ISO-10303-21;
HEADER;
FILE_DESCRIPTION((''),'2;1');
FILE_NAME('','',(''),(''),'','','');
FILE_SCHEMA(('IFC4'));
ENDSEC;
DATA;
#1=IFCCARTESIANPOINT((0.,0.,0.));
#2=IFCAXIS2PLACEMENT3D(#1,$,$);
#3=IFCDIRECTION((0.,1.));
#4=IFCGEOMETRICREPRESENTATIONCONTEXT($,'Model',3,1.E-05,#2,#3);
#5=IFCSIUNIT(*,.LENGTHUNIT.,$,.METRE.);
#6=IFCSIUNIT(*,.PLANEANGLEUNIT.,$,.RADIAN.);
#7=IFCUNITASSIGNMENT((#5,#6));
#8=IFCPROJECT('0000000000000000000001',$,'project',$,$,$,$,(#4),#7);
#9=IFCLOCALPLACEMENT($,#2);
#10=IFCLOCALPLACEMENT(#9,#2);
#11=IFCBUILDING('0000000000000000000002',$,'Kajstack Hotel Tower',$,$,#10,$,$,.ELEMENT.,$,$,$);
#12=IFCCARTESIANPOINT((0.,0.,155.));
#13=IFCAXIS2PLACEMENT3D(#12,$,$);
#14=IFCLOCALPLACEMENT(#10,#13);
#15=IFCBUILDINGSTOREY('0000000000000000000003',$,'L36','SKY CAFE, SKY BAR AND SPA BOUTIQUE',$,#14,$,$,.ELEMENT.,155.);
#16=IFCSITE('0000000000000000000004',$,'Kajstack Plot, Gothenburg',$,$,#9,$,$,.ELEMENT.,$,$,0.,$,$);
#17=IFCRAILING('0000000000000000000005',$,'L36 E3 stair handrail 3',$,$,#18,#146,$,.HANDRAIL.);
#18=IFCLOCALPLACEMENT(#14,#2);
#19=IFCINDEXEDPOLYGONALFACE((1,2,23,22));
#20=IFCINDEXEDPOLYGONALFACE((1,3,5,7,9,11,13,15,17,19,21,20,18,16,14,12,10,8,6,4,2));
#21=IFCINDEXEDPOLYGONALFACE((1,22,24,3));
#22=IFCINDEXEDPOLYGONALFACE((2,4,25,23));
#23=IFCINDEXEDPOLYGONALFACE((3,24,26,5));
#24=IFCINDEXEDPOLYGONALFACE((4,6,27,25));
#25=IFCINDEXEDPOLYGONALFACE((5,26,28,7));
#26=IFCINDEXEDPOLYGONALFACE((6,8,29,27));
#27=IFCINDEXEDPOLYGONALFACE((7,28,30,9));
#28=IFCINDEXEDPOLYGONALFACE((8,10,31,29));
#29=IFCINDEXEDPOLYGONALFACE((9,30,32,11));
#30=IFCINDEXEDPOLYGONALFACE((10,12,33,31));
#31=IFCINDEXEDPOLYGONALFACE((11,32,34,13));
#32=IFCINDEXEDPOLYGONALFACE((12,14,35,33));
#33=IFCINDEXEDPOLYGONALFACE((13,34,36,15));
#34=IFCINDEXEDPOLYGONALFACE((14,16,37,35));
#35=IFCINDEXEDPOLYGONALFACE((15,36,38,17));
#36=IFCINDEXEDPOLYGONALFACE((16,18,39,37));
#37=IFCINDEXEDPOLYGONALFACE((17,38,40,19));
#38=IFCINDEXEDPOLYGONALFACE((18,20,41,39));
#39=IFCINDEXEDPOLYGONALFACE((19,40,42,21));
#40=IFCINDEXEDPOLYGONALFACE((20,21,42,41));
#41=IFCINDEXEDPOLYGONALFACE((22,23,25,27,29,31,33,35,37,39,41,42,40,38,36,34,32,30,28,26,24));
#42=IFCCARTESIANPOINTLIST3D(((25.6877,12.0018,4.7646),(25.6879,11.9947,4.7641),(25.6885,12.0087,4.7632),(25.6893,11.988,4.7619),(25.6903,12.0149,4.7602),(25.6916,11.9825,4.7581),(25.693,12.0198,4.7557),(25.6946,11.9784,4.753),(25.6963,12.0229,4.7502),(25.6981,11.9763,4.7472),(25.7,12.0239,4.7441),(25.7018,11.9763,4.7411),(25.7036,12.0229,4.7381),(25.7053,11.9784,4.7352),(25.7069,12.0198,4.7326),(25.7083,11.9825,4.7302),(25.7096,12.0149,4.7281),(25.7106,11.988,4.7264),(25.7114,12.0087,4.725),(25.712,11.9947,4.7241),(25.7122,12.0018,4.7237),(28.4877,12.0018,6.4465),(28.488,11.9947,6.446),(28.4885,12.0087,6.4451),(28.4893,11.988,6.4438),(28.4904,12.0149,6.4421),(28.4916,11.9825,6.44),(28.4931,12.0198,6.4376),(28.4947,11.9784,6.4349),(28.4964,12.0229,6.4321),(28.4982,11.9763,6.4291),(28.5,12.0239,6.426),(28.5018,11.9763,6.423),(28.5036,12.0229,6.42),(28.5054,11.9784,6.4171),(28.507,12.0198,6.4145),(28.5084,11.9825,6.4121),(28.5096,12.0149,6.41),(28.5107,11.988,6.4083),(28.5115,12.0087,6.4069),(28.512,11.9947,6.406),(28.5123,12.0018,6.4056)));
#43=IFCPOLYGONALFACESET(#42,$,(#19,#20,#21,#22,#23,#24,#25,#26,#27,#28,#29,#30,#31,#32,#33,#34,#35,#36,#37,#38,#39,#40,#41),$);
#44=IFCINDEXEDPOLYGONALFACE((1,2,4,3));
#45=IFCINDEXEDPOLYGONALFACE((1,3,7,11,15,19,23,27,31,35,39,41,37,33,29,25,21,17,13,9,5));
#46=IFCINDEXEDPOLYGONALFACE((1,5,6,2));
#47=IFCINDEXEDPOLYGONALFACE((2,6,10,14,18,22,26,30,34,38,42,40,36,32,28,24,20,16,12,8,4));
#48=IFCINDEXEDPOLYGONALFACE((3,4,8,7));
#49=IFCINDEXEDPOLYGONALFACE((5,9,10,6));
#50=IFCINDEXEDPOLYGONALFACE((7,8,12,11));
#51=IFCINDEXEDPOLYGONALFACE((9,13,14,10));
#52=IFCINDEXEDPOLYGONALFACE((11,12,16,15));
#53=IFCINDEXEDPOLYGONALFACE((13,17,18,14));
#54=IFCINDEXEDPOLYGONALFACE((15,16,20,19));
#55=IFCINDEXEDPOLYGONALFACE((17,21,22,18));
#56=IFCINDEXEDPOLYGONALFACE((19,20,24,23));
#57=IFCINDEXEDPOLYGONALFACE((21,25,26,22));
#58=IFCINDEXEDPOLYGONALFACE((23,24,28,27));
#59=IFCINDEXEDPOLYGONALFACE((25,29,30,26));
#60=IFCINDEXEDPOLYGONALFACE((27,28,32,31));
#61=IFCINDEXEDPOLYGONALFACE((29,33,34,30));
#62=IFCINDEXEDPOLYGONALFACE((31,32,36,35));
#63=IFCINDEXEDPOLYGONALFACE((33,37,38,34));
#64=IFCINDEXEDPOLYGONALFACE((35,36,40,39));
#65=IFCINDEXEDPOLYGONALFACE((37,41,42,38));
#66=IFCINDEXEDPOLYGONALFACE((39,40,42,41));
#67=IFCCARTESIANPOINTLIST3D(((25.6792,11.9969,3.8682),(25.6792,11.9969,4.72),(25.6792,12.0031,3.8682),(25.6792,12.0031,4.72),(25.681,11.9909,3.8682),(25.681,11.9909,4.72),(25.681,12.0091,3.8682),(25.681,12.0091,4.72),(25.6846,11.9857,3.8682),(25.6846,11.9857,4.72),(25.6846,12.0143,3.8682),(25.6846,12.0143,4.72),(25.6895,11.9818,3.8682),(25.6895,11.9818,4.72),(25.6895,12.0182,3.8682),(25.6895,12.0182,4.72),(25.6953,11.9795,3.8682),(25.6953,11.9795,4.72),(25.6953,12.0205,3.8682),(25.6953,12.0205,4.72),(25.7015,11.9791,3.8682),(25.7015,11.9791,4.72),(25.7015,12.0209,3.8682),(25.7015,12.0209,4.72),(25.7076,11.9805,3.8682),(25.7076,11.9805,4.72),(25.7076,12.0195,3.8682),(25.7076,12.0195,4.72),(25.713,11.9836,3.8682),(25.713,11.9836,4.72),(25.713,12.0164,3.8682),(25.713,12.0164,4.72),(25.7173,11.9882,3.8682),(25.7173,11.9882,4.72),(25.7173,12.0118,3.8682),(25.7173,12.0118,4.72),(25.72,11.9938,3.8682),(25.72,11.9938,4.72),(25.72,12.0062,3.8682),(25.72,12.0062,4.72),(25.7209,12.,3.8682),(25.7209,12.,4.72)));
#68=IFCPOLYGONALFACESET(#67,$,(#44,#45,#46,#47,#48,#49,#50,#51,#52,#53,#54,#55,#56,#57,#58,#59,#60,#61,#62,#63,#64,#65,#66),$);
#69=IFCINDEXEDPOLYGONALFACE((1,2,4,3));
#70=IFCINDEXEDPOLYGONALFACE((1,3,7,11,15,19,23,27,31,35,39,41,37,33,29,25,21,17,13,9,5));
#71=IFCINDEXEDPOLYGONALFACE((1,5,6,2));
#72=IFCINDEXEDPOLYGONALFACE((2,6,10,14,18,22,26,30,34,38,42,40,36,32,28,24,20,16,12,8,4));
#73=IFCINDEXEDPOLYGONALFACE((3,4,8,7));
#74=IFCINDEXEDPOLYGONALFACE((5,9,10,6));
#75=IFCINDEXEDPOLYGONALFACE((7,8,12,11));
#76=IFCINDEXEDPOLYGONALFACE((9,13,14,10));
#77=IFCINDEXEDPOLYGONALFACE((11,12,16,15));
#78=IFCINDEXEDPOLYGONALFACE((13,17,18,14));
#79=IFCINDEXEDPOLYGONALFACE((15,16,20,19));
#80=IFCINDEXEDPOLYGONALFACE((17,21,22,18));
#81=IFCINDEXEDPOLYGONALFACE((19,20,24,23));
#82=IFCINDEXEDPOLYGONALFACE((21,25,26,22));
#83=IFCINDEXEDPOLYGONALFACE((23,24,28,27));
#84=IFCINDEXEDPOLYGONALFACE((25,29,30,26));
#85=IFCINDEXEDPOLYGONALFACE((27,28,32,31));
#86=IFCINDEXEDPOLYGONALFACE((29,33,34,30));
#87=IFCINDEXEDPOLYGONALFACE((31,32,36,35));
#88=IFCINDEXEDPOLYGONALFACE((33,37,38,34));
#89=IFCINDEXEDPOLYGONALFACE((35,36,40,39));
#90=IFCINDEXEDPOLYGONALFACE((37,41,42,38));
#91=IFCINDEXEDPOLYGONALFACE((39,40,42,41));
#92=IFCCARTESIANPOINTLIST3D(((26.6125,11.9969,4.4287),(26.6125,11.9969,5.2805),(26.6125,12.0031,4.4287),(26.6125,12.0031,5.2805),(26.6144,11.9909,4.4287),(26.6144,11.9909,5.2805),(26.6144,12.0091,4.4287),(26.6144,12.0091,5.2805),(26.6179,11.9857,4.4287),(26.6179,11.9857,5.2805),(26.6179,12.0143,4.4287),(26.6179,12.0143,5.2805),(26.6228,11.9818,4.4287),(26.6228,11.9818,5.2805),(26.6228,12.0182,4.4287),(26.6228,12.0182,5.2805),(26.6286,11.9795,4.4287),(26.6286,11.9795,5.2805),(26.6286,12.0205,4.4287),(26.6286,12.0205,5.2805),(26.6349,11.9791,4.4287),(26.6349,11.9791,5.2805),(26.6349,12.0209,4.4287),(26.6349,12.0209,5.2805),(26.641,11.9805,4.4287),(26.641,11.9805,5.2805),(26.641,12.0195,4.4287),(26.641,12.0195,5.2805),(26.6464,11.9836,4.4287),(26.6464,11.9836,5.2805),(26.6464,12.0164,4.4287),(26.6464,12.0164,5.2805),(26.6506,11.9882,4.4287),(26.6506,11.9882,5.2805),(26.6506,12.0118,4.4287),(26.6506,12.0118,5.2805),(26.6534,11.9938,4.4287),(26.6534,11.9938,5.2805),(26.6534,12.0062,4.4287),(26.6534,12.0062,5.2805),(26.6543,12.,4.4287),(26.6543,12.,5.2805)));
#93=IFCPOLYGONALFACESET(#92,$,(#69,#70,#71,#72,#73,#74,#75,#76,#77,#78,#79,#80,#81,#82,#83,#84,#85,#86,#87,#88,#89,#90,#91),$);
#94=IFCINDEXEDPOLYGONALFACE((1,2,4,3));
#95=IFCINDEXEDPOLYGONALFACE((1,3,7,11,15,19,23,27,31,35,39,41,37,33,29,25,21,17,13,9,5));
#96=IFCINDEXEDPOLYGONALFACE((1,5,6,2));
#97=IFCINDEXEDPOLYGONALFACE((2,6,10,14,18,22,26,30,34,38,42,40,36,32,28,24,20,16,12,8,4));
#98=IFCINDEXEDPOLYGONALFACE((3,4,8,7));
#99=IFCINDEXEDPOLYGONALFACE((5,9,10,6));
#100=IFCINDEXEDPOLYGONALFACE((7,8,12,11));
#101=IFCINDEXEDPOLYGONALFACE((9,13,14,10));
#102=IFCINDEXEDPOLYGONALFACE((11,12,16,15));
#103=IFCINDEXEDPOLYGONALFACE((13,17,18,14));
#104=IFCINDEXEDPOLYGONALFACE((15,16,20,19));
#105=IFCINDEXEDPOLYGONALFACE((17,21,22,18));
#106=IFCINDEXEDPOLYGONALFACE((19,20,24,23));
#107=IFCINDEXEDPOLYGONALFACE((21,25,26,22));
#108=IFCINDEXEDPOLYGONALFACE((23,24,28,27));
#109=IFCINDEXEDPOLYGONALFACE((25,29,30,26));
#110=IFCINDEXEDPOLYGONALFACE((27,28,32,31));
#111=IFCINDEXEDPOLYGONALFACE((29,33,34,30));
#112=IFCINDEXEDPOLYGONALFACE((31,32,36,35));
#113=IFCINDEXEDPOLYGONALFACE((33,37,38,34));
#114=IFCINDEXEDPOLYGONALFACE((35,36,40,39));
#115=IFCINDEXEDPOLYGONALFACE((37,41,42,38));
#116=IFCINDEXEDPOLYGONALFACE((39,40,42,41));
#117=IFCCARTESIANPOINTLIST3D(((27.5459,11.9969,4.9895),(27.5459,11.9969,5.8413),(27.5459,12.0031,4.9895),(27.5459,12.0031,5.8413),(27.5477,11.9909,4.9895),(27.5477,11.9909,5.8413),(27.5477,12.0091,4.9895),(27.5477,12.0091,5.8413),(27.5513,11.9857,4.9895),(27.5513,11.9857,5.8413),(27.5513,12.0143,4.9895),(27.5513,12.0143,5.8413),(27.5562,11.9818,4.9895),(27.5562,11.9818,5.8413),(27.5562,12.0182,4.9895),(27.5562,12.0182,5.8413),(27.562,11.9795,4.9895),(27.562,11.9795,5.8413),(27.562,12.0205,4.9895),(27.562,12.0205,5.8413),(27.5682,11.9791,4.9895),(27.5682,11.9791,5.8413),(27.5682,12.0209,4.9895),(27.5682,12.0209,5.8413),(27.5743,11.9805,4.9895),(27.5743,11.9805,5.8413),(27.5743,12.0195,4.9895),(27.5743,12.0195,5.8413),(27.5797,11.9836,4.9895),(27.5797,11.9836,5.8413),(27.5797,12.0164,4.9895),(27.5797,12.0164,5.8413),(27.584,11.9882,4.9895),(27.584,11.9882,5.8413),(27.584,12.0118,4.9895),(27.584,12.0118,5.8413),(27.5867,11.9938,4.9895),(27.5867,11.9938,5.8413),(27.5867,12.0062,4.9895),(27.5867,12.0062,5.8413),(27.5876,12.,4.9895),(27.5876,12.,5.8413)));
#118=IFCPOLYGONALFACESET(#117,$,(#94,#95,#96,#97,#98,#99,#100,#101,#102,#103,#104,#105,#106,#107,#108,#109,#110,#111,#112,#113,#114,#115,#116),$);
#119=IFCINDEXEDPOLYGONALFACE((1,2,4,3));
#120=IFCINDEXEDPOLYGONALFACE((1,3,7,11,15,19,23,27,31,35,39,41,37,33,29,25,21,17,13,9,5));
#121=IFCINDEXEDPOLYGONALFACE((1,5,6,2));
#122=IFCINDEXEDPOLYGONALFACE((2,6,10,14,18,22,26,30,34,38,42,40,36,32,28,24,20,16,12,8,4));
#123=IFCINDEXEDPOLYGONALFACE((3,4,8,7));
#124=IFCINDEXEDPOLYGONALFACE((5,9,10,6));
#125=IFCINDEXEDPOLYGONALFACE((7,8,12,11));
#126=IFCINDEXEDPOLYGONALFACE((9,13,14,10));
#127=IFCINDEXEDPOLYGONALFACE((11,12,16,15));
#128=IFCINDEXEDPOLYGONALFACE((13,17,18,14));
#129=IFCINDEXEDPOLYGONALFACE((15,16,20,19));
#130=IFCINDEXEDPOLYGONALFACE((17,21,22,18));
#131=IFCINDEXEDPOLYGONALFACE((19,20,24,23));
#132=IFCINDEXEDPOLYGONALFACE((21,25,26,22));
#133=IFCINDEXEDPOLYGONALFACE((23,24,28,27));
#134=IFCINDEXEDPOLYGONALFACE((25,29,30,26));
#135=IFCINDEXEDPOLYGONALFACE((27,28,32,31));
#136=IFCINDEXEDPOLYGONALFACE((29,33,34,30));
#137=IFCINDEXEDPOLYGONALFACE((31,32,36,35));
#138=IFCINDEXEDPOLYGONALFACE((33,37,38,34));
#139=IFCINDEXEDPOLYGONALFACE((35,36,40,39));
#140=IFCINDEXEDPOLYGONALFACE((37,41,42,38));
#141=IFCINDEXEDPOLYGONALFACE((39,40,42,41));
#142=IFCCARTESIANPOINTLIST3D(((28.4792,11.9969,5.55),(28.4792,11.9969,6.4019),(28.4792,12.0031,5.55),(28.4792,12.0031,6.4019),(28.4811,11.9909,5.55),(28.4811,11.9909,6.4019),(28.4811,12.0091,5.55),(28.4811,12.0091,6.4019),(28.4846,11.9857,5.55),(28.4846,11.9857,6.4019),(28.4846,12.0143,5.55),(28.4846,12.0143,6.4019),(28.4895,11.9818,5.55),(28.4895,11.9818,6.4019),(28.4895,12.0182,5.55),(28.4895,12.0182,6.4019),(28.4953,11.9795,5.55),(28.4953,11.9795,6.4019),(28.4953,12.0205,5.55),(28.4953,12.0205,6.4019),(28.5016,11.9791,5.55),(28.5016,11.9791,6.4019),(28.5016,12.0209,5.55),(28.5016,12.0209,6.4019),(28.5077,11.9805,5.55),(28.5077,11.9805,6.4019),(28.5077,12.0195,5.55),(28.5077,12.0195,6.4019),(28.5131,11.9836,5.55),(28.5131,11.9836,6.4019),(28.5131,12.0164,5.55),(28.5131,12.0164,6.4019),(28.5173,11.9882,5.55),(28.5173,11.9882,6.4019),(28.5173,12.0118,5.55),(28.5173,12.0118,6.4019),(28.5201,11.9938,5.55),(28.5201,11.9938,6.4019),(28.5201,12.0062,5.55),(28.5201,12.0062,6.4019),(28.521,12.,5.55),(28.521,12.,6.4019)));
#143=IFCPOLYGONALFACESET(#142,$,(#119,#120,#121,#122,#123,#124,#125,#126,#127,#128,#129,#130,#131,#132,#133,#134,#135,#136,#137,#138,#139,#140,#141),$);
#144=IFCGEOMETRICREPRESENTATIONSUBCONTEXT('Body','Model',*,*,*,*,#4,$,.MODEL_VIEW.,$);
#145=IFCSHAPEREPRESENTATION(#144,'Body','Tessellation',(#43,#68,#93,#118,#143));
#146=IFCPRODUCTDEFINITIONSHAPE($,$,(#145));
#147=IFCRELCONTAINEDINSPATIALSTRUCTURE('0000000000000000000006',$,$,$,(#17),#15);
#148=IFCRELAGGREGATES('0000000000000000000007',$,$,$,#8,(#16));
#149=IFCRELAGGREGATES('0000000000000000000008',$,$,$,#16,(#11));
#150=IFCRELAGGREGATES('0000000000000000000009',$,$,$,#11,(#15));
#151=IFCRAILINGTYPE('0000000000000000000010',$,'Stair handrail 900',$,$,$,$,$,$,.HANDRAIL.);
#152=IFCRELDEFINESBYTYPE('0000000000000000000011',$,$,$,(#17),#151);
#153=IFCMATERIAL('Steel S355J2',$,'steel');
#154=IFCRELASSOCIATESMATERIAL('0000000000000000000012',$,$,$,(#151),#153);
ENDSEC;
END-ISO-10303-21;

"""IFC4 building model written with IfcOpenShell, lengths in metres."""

from ifc_helpers import new_model, si_unit, direction, frame, origin, origin_2d, place, context, subcontext, project, spatial, circle, extrude, material, type_object, element, save


model = new_model("IFC4")

# Units and contexts
model_context = context("Model", 3, precision=1e-05, world=origin(), true_north=direction((0.0, 1.0)))
body_context = subcontext(model_context, "Body", "Model", "MODEL_VIEW")
ifc_project = project(units=[si_unit("LENGTHUNIT", "METRE"), si_unit("PLANEANGLEUNIT", "RADIAN")], contexts=[model_context])

# Site, building, storey
site_placement = place(None, origin())
site = spatial("IfcSite", under=ifc_project, at=site_placement, Name="Kajstack Plot, Gothenburg", CompositionType="ELEMENT", RefElevation=0.0)
building_placement = place(site_placement, origin())
building = spatial("IfcBuilding", under=site, at=building_placement, Name="Kajstack Hotel Tower", CompositionType="ELEMENT")
storey_placement = place(building_placement, frame((0.0, 0.0, 155.0)))
storey = spatial("IfcBuildingStorey", under=building, at=storey_placement, Name="L36", Description="SKY CAFE, SKY BAR AND SPA BOUTIQUE", CompositionType="ELEMENT", Elevation=155.0)

# Railing
ifc_material_1 = material(Name="Steel S355J2", Category="steel")
railing_type_1 = type_object("IfcRailingType", Name="Stair handrail 900", PredefinedType="HANDRAIL", material=ifc_material_1)
for number, where, name in (
    (1, (25.7, 12.0, 3.8682), "L36 E3 stair handrail 3"),
):
    element("IfcRailing", number, at=place(storey_placement, frame(where)), inside=storey, type_object=railing_type_1, Name=name, PredefinedType="HANDRAIL", context=body_context, shape_type="SweptSolid", body=[
        extrude(circle(Radius=0.0239, at=origin_2d()), frame((0.0, 0.0, 0.876), z_axis=(0.857242, 0.0, 0.514913), x_axis=(0.0, 1.0, 0.0)), (0.0, 0.0, 1.0), 3.2664),
        extrude(circle(Radius=0.021, at=origin_2d()), origin(), (0.0, 0.0, 1.0), 0.8518),
        extrude(circle(Radius=0.021, at=origin_2d()), frame((0.9333, 0.0, 0.5605)), (0.0, 0.0, 1.0), 0.8518),
        extrude(circle(Radius=0.021, at=origin_2d()), frame((1.8667, 0.0, 1.1213)), (0.0, 0.0, 1.0), 0.8518),
        extrude(circle(Radius=0.021, at=origin_2d()), frame((2.8, 0.0, 1.6819)), (0.0, 0.0, 1.0), 0.8518),
    ])

save(model, "model.ifc")
